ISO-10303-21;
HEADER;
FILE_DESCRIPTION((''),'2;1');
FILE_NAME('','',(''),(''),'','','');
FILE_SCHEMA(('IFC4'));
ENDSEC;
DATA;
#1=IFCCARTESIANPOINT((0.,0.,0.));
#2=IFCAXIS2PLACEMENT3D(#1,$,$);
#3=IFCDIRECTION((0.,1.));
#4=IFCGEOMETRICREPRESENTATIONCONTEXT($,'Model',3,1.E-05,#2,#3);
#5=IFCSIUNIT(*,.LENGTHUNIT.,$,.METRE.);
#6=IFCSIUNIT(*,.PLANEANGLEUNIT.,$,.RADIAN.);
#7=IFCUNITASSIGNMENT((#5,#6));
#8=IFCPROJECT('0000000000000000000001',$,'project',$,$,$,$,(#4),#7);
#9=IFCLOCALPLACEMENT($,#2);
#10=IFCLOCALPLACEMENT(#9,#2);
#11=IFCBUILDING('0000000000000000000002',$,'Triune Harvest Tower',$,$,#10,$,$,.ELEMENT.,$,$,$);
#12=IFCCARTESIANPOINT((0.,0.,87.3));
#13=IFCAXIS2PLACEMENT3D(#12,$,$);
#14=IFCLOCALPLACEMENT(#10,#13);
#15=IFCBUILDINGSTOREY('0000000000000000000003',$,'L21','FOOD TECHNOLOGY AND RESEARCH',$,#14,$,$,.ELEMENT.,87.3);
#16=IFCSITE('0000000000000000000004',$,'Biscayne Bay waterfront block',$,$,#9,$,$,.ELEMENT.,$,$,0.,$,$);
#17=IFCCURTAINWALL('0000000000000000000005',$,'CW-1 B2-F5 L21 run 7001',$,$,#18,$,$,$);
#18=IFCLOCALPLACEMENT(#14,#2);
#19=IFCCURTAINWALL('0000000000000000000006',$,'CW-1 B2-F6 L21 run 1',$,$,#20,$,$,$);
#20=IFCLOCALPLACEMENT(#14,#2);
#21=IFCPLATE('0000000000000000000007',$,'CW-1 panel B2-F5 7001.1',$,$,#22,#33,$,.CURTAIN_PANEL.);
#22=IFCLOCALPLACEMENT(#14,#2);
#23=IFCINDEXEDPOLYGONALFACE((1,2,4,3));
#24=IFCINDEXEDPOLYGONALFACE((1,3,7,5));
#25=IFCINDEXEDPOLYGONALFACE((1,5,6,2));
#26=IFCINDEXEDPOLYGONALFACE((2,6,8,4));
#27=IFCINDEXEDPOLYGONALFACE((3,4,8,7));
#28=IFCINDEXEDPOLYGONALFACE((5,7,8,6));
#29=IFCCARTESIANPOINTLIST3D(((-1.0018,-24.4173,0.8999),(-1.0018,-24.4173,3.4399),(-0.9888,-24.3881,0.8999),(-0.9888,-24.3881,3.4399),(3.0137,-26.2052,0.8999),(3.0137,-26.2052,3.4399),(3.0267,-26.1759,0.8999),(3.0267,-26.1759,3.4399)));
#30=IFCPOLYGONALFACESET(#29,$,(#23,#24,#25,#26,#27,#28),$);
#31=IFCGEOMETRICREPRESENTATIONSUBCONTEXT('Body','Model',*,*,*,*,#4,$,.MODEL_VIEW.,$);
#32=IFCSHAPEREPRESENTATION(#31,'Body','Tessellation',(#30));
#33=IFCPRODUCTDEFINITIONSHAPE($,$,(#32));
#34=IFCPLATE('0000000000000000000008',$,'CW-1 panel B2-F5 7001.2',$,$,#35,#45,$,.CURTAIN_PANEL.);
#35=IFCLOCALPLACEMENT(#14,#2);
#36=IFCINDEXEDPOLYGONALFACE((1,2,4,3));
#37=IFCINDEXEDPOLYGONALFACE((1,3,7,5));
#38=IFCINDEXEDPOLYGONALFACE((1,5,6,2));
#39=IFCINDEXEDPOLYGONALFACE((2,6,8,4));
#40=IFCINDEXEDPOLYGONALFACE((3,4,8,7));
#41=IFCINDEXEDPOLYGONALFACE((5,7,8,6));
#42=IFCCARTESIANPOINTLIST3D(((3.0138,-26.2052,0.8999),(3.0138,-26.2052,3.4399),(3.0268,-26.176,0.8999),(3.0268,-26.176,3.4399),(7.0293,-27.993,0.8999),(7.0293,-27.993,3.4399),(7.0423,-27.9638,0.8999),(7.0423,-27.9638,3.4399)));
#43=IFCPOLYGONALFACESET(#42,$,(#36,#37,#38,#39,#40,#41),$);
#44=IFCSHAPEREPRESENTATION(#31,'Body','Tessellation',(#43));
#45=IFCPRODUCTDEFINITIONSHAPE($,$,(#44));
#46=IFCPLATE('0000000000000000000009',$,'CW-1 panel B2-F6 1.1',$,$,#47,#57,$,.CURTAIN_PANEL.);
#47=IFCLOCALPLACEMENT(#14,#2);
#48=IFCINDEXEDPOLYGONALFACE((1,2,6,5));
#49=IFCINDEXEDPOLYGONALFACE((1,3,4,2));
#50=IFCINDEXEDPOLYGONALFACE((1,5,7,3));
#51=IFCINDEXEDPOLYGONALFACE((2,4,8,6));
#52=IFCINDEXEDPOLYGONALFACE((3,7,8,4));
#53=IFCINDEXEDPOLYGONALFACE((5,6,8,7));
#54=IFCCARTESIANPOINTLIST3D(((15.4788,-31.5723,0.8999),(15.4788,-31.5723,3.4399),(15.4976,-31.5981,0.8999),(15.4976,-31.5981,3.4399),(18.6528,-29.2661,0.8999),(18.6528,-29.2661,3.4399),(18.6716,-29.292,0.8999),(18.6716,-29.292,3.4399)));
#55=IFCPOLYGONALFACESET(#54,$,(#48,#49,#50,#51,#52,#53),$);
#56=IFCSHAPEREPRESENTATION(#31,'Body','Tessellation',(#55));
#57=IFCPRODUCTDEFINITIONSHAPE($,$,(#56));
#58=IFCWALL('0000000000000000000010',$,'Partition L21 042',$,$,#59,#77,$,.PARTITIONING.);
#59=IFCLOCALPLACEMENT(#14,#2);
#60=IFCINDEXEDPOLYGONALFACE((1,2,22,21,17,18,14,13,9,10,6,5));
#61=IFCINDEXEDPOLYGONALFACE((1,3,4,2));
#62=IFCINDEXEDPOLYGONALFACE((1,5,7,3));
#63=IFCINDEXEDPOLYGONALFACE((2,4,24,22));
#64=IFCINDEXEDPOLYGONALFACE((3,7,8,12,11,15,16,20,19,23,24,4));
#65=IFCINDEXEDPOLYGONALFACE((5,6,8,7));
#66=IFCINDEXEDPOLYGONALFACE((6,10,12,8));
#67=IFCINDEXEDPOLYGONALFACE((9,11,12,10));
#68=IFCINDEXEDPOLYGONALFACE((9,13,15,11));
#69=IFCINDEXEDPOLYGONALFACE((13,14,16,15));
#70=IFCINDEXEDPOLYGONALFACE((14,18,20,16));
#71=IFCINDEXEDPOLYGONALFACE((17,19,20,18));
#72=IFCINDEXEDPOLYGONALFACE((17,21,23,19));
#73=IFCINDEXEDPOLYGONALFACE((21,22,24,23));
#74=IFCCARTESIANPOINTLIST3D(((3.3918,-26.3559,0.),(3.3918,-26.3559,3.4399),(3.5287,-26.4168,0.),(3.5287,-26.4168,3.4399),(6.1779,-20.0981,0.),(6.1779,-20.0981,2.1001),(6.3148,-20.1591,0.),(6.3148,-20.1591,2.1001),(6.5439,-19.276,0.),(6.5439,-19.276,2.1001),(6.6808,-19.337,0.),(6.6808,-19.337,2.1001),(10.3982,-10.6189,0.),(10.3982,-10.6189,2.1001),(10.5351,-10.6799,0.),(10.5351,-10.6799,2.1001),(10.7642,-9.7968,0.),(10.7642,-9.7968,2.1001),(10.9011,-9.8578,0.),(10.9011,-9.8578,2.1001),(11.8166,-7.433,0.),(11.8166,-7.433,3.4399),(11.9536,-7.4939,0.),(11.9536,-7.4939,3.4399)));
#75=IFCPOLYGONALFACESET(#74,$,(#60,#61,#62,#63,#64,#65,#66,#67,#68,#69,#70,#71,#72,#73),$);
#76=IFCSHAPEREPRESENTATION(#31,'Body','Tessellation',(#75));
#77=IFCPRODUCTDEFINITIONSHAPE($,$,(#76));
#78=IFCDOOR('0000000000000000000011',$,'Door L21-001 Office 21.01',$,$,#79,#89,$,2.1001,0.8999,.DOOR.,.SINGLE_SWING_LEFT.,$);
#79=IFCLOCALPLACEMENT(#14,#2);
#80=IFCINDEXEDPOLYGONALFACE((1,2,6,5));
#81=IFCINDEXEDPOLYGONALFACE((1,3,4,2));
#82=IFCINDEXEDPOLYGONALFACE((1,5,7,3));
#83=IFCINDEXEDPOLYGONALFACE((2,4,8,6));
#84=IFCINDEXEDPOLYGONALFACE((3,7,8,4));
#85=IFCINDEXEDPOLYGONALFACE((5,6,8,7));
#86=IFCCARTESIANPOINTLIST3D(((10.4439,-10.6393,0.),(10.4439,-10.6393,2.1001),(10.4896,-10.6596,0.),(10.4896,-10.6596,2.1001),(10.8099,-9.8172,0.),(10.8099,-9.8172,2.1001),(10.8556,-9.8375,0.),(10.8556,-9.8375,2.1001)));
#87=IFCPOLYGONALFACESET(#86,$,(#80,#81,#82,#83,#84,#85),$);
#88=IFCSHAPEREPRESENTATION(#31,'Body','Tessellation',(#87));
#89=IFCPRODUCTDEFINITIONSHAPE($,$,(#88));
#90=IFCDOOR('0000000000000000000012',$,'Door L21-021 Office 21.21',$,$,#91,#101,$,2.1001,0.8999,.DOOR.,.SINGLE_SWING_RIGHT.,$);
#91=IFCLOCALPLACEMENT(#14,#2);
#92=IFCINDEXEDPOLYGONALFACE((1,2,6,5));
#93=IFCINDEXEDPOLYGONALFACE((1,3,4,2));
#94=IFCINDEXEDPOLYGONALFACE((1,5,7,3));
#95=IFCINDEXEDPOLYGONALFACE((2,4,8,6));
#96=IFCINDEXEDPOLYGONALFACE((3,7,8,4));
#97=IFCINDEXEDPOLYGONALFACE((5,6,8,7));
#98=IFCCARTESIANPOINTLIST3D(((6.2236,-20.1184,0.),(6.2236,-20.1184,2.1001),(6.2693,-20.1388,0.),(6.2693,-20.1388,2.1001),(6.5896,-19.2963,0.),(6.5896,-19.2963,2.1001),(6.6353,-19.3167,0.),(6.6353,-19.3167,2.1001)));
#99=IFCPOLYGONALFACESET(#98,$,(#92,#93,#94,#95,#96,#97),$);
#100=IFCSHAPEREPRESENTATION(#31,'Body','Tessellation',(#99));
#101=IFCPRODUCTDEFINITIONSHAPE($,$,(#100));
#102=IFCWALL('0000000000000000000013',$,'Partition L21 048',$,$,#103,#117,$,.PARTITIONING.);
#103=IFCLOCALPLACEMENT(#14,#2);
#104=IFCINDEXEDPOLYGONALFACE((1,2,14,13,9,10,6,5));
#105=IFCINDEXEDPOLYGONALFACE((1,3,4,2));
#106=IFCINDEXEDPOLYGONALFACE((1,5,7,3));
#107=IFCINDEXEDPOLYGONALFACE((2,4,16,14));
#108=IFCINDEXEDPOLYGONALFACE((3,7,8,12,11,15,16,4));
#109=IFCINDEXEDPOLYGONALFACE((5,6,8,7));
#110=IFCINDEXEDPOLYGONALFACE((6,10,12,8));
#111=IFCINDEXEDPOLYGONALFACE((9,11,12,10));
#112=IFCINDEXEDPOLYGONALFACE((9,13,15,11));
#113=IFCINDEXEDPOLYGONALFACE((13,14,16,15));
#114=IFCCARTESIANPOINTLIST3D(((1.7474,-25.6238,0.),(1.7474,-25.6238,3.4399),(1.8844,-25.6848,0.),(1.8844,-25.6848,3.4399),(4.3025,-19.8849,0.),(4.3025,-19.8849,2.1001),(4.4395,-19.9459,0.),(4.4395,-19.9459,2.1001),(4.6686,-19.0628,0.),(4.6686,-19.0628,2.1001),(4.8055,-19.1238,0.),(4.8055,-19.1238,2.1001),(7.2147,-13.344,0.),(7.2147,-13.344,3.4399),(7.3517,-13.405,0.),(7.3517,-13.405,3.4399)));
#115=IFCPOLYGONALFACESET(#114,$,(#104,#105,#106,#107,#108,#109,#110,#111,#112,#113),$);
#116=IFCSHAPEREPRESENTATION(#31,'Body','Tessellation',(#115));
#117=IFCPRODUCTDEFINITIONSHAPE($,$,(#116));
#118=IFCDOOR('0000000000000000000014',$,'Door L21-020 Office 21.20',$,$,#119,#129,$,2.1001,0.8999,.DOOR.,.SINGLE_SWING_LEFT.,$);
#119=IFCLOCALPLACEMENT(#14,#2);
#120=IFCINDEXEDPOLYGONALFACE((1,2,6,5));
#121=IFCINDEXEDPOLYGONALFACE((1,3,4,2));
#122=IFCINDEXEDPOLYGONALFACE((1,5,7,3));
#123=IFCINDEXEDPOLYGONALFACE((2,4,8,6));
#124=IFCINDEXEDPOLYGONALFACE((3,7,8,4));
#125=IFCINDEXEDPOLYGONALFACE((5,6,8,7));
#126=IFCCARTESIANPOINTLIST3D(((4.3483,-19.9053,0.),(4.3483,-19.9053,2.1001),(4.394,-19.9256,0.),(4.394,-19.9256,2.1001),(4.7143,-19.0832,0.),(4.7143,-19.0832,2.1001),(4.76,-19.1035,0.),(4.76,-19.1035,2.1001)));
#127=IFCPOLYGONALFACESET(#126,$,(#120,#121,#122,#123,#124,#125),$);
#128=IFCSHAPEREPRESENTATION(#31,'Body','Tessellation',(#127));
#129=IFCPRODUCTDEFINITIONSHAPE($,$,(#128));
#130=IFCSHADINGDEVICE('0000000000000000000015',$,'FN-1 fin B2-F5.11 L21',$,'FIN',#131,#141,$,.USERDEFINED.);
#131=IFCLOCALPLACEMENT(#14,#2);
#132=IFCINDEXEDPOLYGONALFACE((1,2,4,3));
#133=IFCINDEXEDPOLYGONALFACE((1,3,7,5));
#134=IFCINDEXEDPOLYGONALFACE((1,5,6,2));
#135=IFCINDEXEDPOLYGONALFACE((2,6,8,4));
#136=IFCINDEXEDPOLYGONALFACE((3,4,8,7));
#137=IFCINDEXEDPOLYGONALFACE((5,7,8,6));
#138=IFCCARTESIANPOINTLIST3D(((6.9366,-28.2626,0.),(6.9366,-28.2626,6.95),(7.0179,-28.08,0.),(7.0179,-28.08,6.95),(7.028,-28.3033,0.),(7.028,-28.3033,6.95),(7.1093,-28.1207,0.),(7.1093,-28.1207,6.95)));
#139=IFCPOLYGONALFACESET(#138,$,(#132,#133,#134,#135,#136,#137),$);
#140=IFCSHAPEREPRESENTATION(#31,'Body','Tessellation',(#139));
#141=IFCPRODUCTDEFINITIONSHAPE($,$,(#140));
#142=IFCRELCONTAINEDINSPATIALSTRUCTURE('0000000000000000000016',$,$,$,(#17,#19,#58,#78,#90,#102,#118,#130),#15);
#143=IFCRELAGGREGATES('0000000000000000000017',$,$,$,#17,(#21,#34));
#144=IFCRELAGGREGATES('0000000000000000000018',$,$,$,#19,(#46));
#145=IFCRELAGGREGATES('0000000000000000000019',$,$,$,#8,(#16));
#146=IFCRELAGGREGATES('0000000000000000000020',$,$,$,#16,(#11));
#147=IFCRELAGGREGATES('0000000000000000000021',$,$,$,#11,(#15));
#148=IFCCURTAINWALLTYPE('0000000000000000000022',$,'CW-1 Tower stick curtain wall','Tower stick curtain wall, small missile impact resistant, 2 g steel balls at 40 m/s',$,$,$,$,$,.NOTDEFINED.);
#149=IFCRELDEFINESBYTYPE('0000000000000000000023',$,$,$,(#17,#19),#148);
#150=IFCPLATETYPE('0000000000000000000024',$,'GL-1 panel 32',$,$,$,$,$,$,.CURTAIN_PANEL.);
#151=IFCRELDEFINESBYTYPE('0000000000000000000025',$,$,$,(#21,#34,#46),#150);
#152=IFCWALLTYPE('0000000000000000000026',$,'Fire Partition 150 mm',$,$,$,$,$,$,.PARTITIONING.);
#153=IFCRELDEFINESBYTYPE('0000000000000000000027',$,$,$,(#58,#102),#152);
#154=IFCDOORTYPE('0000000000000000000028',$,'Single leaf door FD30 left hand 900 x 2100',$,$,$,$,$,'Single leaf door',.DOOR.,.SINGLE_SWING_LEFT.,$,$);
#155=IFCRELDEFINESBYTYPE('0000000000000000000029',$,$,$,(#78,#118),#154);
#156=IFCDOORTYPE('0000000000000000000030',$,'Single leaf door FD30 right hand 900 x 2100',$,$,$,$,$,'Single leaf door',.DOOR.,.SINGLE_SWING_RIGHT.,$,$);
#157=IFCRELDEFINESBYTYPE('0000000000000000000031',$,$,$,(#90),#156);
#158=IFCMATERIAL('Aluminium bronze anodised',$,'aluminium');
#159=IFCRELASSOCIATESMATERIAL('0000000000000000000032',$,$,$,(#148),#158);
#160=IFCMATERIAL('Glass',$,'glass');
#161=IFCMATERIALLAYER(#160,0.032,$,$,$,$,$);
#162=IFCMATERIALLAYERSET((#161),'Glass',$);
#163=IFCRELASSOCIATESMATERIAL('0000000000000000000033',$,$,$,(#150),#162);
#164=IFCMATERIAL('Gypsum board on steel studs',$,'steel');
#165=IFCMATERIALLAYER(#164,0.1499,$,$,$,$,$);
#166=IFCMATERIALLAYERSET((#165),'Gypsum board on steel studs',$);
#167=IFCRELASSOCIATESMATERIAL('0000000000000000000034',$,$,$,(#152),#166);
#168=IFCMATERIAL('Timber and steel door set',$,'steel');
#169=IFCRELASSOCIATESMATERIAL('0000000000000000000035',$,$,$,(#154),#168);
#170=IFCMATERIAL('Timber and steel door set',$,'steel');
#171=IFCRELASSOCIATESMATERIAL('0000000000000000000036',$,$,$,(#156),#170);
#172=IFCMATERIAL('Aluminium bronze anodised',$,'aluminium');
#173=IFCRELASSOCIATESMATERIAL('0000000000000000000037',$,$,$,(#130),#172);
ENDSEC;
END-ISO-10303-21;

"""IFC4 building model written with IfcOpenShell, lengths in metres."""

from ifc_helpers import new_model, si_unit, direction, frame, frame_2d, origin, origin_2d, place, context, subcontext, project, spatial, rectangle, extrude, source, transform, mapped, material, layer, layer_set, type_object, element, fill, aggregate, save


model = new_model("IFC4")

# Units and contexts
model_context = context("Model", 3, precision=1e-05, world=origin(), true_north=direction((0.0, 1.0)))
body_context = subcontext(model_context, "Body", "Model", "MODEL_VIEW")
ifc_project = project(units=[si_unit("LENGTHUNIT", "METRE"), si_unit("PLANEANGLEUNIT", "RADIAN")], contexts=[model_context])

# Site, building, storey
site_placement = place(None, origin())
site = spatial("IfcSite", under=ifc_project, at=site_placement, Name="Biscayne Bay waterfront block", CompositionType="ELEMENT", RefElevation=0.0)
building_placement = place(site_placement, origin())
building = spatial("IfcBuilding", under=site, at=building_placement, Name="Triune Harvest Tower", CompositionType="ELEMENT")
storey_placement = place(building_placement, frame((0.0, 0.0, 87.3)))
storey = spatial("IfcBuildingStorey", under=building, at=storey_placement, Name="L21", Description="FOOD TECHNOLOGY AND RESEARCH", CompositionType="ELEMENT", Elevation=87.3)

# Curtain wall
ifc_material_1 = material(Name="Aluminium bronze anodised", Category="aluminium")
curtain_wall_type_1 = type_object("IfcCurtainWallType", Name="CW-1 Tower stick curtain wall", Description="Tower stick curtain wall, small missile impact resistant, 2 g steel balls at 40 m/s", PredefinedType="NOTDEFINED", material=ifc_material_1)
curtain_wall_1_placement = place(storey_placement, origin())
curtain_wall_1 = element("IfcCurtainWall", 1, at=curtain_wall_1_placement, inside=storey, type_object=curtain_wall_type_1, Name="CW-1 B2-F5 L21 run 7001")

# Curtain wall
curtain_wall_2_placement = place(storey_placement, origin())
curtain_wall_2 = element("IfcCurtainWall", 2, at=curtain_wall_2_placement, inside=storey, type_object=curtain_wall_type_1, Name="CW-1 B2-F6 L21 run 1")

# Plates
ifc_material_2 = material(Name="Glass", Category="glass")
ifc_layer_1 = layer(ifc_material_2, 0.032)
ifc_layer_set_1 = layer_set([ifc_layer_1], Name="Glass")
plate_type_1 = type_object("IfcPlateType", Name="GL-1 panel 32", PredefinedType="CURTAIN_PANEL", material=ifc_layer_set_1)
shared_shape_1 = source(origin(), body_context, "Body", "SweptSolid", [
    extrude(rectangle(XDim=4.3955, YDim=0.032, at=origin_2d()), origin(), (0.0, 0.0, 1.0), 2.54),
])
plate_1_placement = place(storey_placement, frame((1.0125, -25.2966, 0.8999), z_axis=(0.0, 0.0, 1.0), x_axis=(0.913544, -0.406739, 0.0)))
plate_1 = element("IfcPlate", 3, at=plate_1_placement, type_object=plate_type_1, Name="CW-1 panel B2-F5 7001.1", PredefinedType="CURTAIN_PANEL", context=body_context, shape_type="MappedRepresentation", body=[
    mapped(shared_shape_1, transform((0.0, 0.0, 0.0), scale=1.0)),
])
plate_2_placement = place(storey_placement, frame((5.0281, -27.0845, 0.8999), z_axis=(0.0, 0.0, 1.0), x_axis=(0.913544, -0.406739, 0.0)))
plate_2 = element("IfcPlate", 4, at=plate_2_placement, type_object=plate_type_1, Name="CW-1 panel B2-F5 7001.2", PredefinedType="CURTAIN_PANEL", context=body_context, shape_type="MappedRepresentation", body=[
    mapped(shared_shape_1, transform((0.0, 0.0, 0.0), scale=1.0)),
])
aggregate(curtain_wall_1, [plate_1, plate_2])
shared_shape_2 = source(origin(), body_context, "Body", "SweptSolid", [
    extrude(rectangle(XDim=3.9233, YDim=0.032, at=origin_2d()), origin(), (0.0, 0.0, 1.0), 2.54),
])
plate_3_placement = place(storey_placement, frame((17.0752, -30.4321, 0.8999), z_axis=(0.0, 0.0, 1.0), x_axis=(0.80901, 0.587795, 0.0)))
plate_3 = element("IfcPlate", 5, at=plate_3_placement, type_object=plate_type_1, Name="CW-1 panel B2-F6 1.1", PredefinedType="CURTAIN_PANEL", context=body_context, shape_type="MappedRepresentation", body=[
    mapped(shared_shape_2, transform((0.0, 0.0, 0.0), scale=1.0)),
])
aggregate(curtain_wall_2, [plate_3])

# Wall, openings, doors
ifc_material_3 = material(Name="Gypsum board on steel studs", Category="steel")
ifc_layer_2 = layer(ifc_material_3, 0.1499)
ifc_layer_set_2 = layer_set([ifc_layer_2], Name="Gypsum board on steel studs")
wall_type = type_object("IfcWallType", Name="Fire Partition 150 mm", PredefinedType="PARTITIONING", material=ifc_layer_set_2)
wall_1_placement = place(storey_placement, frame((3.4602, -26.3865, 0.0), z_axis=(0.0, 0.0, 1.0), x_axis=(0.406729, 0.913549, 0.0)))
wall_1 = element("IfcWall", 6, at=wall_1_placement, inside=storey, type_object=wall_type, Name="Partition L21 042", PredefinedType="PARTITIONING", context=body_context, shape_type="SweptSolid", body=[
    extrude(rectangle(XDim=20.7136, YDim=0.1499, at=frame_2d((10.3569, 0.0))), origin(), (0.0, 0.0, 1.0), 3.4399),
])
opening_1_placement = place(wall_1_placement, frame((17.2263, 0.0, 0.0)))
opening_1 = element("IfcOpeningElement", 7, at=opening_1_placement, cuts=wall_1, PredefinedType="OPENING", context=body_context, shape_type="SweptSolid", body=[
    extrude(rectangle(XDim=0.8999, YDim=2.1001, at=frame_2d((0.45, 1.05))), frame((0.0, 0.085, 0.0), z_axis=(0.0, -1.0, 0.0), x_axis=(1.0, 0.0, 0.0)), (0.0, 0.0, 1.0), 0.1699),
])
opening_2_placement = place(wall_1_placement, frame((6.8501, 0.0, 0.0)))
opening_2 = element("IfcOpeningElement", 8, at=opening_2_placement, cuts=wall_1, PredefinedType="OPENING", context=body_context, shape_type="SweptSolid", body=[
    extrude(rectangle(XDim=0.8999, YDim=2.1001, at=frame_2d((0.45, 1.05))), frame((0.0, 0.085, 0.0), z_axis=(0.0, -1.0, 0.0), x_axis=(1.0, 0.0, 0.0)), (0.0, 0.0, 1.0), 0.1699),
])
ifc_material_4 = material(Name="Timber and steel door set", Category="steel")
door_type_1 = type_object("IfcDoorType", Name="Single leaf door FD30 left hand 900 x 2100", ElementType="Single leaf door", OperationType="SINGLE_SWING_LEFT", PredefinedType="DOOR", material=ifc_material_4)
door_1_placement = place(opening_1_placement, origin())
door_1 = element("IfcDoor", 9, at=door_1_placement, inside=storey, type_object=door_type_1, Name="Door L21-001 Office 21.01", OperationType="SINGLE_SWING_LEFT", OverallHeight=2.1001, OverallWidth=0.8999, PredefinedType="DOOR", context=body_context, shape_type="SweptSolid", body=[
    extrude(rectangle(XDim=0.8999, YDim=2.1001, at=frame_2d((0.45, 1.05))), frame((0.0, 0.0249, 0.0), z_axis=(0.0, -1.0, 0.0), x_axis=(1.0, 0.0, 0.0)), (0.0, 0.0, 1.0), 0.05),
])
fill(opening_1, door_1)
ifc_material_5 = material(Name="Timber and steel door set", Category="steel")
door_type_2 = type_object("IfcDoorType", Name="Single leaf door FD30 right hand 900 x 2100", ElementType="Single leaf door", OperationType="SINGLE_SWING_RIGHT", PredefinedType="DOOR", material=ifc_material_5)
door_2_placement = place(opening_2_placement, origin())
door_2 = element("IfcDoor", 10, at=door_2_placement, inside=storey, type_object=door_type_2, Name="Door L21-021 Office 21.21", OperationType="SINGLE_SWING_RIGHT", OverallHeight=2.1001, OverallWidth=0.8999, PredefinedType="DOOR", context=body_context, shape_type="SweptSolid", body=[
    extrude(rectangle(XDim=0.8999, YDim=2.1001, at=frame_2d((0.45, 1.05))), frame((0.0, 0.0249, 0.0), z_axis=(0.0, -1.0, 0.0), x_axis=(1.0, 0.0, 0.0)), (0.0, 0.0, 1.0), 0.05),
])
fill(opening_2, door_2)

# Wall, opening, door
wall_2_placement = place(storey_placement, frame((1.8159, -25.6543, 0.0), z_axis=(0.0, 0.0, 1.0), x_axis=(0.406735, 0.913546, 0.0)))
wall_2 = element("IfcWall", 11, at=wall_2_placement, inside=storey, type_object=wall_type, Name="Partition L21 048", PredefinedType="PARTITIONING", context=body_context, shape_type="SweptSolid", body=[
    extrude(rectangle(XDim=13.4419, YDim=0.1499, at=frame_2d((6.7209, 0.0))), origin(), (0.0, 0.0, 1.0), 3.4399),
])
opening_3_placement = place(wall_2_placement, frame((6.282, 0.0, 0.0)))
opening_3 = element("IfcOpeningElement", 12, at=opening_3_placement, cuts=wall_2, PredefinedType="OPENING", context=body_context, shape_type="SweptSolid", body=[
    extrude(rectangle(XDim=0.8999, YDim=2.1001, at=frame_2d((0.45, 1.05))), frame((0.0, 0.085, 0.0), z_axis=(0.0, -1.0, 0.0), x_axis=(1.0, 0.0, 0.0)), (0.0, 0.0, 1.0), 0.1699),
])
door_3_placement = place(opening_3_placement, origin())
door_3 = element("IfcDoor", 13, at=door_3_placement, inside=storey, type_object=door_type_1, Name="Door L21-020 Office 21.20", OperationType="SINGLE_SWING_LEFT", OverallHeight=2.1001, OverallWidth=0.8999, PredefinedType="DOOR", context=body_context, shape_type="SweptSolid", body=[
    extrude(rectangle(XDim=0.8999, YDim=2.1001, at=frame_2d((0.45, 1.05))), frame((0.0, 0.0249, 0.0), z_axis=(0.0, -1.0, 0.0), x_axis=(1.0, 0.0, 0.0)), (0.0, 0.0, 1.0), 0.05),
])
fill(opening_3, door_3)

# Shading device
ifc_material_6 = material(Name="Aluminium bronze anodised", Category="aluminium")
shared_shape_3 = source(origin(), body_context, "Body", "SweptSolid", [
    extrude(rectangle(XDim=0.1001, YDim=0.2, at=origin_2d()), origin(), (0.0, 0.0, 1.0), 6.95),
])
shading_device_placement = place(storey_placement, frame((7.0229, -28.1917, 0.0), z_axis=(0.0, 0.0, 1.0), x_axis=(0.913545, -0.406737, 0.0)))
element("IfcShadingDevice", 14, at=shading_device_placement, inside=storey, material=ifc_material_6, Name="FN-1 fin B2-F5.11 L21", ObjectType="FIN", PredefinedType="USERDEFINED", context=body_context, shape_type="MappedRepresentation", body=[
    mapped(shared_shape_3, transform((0.0, 0.0, 0.0), scale=1.0)),
])

save(model, "model.ifc")
